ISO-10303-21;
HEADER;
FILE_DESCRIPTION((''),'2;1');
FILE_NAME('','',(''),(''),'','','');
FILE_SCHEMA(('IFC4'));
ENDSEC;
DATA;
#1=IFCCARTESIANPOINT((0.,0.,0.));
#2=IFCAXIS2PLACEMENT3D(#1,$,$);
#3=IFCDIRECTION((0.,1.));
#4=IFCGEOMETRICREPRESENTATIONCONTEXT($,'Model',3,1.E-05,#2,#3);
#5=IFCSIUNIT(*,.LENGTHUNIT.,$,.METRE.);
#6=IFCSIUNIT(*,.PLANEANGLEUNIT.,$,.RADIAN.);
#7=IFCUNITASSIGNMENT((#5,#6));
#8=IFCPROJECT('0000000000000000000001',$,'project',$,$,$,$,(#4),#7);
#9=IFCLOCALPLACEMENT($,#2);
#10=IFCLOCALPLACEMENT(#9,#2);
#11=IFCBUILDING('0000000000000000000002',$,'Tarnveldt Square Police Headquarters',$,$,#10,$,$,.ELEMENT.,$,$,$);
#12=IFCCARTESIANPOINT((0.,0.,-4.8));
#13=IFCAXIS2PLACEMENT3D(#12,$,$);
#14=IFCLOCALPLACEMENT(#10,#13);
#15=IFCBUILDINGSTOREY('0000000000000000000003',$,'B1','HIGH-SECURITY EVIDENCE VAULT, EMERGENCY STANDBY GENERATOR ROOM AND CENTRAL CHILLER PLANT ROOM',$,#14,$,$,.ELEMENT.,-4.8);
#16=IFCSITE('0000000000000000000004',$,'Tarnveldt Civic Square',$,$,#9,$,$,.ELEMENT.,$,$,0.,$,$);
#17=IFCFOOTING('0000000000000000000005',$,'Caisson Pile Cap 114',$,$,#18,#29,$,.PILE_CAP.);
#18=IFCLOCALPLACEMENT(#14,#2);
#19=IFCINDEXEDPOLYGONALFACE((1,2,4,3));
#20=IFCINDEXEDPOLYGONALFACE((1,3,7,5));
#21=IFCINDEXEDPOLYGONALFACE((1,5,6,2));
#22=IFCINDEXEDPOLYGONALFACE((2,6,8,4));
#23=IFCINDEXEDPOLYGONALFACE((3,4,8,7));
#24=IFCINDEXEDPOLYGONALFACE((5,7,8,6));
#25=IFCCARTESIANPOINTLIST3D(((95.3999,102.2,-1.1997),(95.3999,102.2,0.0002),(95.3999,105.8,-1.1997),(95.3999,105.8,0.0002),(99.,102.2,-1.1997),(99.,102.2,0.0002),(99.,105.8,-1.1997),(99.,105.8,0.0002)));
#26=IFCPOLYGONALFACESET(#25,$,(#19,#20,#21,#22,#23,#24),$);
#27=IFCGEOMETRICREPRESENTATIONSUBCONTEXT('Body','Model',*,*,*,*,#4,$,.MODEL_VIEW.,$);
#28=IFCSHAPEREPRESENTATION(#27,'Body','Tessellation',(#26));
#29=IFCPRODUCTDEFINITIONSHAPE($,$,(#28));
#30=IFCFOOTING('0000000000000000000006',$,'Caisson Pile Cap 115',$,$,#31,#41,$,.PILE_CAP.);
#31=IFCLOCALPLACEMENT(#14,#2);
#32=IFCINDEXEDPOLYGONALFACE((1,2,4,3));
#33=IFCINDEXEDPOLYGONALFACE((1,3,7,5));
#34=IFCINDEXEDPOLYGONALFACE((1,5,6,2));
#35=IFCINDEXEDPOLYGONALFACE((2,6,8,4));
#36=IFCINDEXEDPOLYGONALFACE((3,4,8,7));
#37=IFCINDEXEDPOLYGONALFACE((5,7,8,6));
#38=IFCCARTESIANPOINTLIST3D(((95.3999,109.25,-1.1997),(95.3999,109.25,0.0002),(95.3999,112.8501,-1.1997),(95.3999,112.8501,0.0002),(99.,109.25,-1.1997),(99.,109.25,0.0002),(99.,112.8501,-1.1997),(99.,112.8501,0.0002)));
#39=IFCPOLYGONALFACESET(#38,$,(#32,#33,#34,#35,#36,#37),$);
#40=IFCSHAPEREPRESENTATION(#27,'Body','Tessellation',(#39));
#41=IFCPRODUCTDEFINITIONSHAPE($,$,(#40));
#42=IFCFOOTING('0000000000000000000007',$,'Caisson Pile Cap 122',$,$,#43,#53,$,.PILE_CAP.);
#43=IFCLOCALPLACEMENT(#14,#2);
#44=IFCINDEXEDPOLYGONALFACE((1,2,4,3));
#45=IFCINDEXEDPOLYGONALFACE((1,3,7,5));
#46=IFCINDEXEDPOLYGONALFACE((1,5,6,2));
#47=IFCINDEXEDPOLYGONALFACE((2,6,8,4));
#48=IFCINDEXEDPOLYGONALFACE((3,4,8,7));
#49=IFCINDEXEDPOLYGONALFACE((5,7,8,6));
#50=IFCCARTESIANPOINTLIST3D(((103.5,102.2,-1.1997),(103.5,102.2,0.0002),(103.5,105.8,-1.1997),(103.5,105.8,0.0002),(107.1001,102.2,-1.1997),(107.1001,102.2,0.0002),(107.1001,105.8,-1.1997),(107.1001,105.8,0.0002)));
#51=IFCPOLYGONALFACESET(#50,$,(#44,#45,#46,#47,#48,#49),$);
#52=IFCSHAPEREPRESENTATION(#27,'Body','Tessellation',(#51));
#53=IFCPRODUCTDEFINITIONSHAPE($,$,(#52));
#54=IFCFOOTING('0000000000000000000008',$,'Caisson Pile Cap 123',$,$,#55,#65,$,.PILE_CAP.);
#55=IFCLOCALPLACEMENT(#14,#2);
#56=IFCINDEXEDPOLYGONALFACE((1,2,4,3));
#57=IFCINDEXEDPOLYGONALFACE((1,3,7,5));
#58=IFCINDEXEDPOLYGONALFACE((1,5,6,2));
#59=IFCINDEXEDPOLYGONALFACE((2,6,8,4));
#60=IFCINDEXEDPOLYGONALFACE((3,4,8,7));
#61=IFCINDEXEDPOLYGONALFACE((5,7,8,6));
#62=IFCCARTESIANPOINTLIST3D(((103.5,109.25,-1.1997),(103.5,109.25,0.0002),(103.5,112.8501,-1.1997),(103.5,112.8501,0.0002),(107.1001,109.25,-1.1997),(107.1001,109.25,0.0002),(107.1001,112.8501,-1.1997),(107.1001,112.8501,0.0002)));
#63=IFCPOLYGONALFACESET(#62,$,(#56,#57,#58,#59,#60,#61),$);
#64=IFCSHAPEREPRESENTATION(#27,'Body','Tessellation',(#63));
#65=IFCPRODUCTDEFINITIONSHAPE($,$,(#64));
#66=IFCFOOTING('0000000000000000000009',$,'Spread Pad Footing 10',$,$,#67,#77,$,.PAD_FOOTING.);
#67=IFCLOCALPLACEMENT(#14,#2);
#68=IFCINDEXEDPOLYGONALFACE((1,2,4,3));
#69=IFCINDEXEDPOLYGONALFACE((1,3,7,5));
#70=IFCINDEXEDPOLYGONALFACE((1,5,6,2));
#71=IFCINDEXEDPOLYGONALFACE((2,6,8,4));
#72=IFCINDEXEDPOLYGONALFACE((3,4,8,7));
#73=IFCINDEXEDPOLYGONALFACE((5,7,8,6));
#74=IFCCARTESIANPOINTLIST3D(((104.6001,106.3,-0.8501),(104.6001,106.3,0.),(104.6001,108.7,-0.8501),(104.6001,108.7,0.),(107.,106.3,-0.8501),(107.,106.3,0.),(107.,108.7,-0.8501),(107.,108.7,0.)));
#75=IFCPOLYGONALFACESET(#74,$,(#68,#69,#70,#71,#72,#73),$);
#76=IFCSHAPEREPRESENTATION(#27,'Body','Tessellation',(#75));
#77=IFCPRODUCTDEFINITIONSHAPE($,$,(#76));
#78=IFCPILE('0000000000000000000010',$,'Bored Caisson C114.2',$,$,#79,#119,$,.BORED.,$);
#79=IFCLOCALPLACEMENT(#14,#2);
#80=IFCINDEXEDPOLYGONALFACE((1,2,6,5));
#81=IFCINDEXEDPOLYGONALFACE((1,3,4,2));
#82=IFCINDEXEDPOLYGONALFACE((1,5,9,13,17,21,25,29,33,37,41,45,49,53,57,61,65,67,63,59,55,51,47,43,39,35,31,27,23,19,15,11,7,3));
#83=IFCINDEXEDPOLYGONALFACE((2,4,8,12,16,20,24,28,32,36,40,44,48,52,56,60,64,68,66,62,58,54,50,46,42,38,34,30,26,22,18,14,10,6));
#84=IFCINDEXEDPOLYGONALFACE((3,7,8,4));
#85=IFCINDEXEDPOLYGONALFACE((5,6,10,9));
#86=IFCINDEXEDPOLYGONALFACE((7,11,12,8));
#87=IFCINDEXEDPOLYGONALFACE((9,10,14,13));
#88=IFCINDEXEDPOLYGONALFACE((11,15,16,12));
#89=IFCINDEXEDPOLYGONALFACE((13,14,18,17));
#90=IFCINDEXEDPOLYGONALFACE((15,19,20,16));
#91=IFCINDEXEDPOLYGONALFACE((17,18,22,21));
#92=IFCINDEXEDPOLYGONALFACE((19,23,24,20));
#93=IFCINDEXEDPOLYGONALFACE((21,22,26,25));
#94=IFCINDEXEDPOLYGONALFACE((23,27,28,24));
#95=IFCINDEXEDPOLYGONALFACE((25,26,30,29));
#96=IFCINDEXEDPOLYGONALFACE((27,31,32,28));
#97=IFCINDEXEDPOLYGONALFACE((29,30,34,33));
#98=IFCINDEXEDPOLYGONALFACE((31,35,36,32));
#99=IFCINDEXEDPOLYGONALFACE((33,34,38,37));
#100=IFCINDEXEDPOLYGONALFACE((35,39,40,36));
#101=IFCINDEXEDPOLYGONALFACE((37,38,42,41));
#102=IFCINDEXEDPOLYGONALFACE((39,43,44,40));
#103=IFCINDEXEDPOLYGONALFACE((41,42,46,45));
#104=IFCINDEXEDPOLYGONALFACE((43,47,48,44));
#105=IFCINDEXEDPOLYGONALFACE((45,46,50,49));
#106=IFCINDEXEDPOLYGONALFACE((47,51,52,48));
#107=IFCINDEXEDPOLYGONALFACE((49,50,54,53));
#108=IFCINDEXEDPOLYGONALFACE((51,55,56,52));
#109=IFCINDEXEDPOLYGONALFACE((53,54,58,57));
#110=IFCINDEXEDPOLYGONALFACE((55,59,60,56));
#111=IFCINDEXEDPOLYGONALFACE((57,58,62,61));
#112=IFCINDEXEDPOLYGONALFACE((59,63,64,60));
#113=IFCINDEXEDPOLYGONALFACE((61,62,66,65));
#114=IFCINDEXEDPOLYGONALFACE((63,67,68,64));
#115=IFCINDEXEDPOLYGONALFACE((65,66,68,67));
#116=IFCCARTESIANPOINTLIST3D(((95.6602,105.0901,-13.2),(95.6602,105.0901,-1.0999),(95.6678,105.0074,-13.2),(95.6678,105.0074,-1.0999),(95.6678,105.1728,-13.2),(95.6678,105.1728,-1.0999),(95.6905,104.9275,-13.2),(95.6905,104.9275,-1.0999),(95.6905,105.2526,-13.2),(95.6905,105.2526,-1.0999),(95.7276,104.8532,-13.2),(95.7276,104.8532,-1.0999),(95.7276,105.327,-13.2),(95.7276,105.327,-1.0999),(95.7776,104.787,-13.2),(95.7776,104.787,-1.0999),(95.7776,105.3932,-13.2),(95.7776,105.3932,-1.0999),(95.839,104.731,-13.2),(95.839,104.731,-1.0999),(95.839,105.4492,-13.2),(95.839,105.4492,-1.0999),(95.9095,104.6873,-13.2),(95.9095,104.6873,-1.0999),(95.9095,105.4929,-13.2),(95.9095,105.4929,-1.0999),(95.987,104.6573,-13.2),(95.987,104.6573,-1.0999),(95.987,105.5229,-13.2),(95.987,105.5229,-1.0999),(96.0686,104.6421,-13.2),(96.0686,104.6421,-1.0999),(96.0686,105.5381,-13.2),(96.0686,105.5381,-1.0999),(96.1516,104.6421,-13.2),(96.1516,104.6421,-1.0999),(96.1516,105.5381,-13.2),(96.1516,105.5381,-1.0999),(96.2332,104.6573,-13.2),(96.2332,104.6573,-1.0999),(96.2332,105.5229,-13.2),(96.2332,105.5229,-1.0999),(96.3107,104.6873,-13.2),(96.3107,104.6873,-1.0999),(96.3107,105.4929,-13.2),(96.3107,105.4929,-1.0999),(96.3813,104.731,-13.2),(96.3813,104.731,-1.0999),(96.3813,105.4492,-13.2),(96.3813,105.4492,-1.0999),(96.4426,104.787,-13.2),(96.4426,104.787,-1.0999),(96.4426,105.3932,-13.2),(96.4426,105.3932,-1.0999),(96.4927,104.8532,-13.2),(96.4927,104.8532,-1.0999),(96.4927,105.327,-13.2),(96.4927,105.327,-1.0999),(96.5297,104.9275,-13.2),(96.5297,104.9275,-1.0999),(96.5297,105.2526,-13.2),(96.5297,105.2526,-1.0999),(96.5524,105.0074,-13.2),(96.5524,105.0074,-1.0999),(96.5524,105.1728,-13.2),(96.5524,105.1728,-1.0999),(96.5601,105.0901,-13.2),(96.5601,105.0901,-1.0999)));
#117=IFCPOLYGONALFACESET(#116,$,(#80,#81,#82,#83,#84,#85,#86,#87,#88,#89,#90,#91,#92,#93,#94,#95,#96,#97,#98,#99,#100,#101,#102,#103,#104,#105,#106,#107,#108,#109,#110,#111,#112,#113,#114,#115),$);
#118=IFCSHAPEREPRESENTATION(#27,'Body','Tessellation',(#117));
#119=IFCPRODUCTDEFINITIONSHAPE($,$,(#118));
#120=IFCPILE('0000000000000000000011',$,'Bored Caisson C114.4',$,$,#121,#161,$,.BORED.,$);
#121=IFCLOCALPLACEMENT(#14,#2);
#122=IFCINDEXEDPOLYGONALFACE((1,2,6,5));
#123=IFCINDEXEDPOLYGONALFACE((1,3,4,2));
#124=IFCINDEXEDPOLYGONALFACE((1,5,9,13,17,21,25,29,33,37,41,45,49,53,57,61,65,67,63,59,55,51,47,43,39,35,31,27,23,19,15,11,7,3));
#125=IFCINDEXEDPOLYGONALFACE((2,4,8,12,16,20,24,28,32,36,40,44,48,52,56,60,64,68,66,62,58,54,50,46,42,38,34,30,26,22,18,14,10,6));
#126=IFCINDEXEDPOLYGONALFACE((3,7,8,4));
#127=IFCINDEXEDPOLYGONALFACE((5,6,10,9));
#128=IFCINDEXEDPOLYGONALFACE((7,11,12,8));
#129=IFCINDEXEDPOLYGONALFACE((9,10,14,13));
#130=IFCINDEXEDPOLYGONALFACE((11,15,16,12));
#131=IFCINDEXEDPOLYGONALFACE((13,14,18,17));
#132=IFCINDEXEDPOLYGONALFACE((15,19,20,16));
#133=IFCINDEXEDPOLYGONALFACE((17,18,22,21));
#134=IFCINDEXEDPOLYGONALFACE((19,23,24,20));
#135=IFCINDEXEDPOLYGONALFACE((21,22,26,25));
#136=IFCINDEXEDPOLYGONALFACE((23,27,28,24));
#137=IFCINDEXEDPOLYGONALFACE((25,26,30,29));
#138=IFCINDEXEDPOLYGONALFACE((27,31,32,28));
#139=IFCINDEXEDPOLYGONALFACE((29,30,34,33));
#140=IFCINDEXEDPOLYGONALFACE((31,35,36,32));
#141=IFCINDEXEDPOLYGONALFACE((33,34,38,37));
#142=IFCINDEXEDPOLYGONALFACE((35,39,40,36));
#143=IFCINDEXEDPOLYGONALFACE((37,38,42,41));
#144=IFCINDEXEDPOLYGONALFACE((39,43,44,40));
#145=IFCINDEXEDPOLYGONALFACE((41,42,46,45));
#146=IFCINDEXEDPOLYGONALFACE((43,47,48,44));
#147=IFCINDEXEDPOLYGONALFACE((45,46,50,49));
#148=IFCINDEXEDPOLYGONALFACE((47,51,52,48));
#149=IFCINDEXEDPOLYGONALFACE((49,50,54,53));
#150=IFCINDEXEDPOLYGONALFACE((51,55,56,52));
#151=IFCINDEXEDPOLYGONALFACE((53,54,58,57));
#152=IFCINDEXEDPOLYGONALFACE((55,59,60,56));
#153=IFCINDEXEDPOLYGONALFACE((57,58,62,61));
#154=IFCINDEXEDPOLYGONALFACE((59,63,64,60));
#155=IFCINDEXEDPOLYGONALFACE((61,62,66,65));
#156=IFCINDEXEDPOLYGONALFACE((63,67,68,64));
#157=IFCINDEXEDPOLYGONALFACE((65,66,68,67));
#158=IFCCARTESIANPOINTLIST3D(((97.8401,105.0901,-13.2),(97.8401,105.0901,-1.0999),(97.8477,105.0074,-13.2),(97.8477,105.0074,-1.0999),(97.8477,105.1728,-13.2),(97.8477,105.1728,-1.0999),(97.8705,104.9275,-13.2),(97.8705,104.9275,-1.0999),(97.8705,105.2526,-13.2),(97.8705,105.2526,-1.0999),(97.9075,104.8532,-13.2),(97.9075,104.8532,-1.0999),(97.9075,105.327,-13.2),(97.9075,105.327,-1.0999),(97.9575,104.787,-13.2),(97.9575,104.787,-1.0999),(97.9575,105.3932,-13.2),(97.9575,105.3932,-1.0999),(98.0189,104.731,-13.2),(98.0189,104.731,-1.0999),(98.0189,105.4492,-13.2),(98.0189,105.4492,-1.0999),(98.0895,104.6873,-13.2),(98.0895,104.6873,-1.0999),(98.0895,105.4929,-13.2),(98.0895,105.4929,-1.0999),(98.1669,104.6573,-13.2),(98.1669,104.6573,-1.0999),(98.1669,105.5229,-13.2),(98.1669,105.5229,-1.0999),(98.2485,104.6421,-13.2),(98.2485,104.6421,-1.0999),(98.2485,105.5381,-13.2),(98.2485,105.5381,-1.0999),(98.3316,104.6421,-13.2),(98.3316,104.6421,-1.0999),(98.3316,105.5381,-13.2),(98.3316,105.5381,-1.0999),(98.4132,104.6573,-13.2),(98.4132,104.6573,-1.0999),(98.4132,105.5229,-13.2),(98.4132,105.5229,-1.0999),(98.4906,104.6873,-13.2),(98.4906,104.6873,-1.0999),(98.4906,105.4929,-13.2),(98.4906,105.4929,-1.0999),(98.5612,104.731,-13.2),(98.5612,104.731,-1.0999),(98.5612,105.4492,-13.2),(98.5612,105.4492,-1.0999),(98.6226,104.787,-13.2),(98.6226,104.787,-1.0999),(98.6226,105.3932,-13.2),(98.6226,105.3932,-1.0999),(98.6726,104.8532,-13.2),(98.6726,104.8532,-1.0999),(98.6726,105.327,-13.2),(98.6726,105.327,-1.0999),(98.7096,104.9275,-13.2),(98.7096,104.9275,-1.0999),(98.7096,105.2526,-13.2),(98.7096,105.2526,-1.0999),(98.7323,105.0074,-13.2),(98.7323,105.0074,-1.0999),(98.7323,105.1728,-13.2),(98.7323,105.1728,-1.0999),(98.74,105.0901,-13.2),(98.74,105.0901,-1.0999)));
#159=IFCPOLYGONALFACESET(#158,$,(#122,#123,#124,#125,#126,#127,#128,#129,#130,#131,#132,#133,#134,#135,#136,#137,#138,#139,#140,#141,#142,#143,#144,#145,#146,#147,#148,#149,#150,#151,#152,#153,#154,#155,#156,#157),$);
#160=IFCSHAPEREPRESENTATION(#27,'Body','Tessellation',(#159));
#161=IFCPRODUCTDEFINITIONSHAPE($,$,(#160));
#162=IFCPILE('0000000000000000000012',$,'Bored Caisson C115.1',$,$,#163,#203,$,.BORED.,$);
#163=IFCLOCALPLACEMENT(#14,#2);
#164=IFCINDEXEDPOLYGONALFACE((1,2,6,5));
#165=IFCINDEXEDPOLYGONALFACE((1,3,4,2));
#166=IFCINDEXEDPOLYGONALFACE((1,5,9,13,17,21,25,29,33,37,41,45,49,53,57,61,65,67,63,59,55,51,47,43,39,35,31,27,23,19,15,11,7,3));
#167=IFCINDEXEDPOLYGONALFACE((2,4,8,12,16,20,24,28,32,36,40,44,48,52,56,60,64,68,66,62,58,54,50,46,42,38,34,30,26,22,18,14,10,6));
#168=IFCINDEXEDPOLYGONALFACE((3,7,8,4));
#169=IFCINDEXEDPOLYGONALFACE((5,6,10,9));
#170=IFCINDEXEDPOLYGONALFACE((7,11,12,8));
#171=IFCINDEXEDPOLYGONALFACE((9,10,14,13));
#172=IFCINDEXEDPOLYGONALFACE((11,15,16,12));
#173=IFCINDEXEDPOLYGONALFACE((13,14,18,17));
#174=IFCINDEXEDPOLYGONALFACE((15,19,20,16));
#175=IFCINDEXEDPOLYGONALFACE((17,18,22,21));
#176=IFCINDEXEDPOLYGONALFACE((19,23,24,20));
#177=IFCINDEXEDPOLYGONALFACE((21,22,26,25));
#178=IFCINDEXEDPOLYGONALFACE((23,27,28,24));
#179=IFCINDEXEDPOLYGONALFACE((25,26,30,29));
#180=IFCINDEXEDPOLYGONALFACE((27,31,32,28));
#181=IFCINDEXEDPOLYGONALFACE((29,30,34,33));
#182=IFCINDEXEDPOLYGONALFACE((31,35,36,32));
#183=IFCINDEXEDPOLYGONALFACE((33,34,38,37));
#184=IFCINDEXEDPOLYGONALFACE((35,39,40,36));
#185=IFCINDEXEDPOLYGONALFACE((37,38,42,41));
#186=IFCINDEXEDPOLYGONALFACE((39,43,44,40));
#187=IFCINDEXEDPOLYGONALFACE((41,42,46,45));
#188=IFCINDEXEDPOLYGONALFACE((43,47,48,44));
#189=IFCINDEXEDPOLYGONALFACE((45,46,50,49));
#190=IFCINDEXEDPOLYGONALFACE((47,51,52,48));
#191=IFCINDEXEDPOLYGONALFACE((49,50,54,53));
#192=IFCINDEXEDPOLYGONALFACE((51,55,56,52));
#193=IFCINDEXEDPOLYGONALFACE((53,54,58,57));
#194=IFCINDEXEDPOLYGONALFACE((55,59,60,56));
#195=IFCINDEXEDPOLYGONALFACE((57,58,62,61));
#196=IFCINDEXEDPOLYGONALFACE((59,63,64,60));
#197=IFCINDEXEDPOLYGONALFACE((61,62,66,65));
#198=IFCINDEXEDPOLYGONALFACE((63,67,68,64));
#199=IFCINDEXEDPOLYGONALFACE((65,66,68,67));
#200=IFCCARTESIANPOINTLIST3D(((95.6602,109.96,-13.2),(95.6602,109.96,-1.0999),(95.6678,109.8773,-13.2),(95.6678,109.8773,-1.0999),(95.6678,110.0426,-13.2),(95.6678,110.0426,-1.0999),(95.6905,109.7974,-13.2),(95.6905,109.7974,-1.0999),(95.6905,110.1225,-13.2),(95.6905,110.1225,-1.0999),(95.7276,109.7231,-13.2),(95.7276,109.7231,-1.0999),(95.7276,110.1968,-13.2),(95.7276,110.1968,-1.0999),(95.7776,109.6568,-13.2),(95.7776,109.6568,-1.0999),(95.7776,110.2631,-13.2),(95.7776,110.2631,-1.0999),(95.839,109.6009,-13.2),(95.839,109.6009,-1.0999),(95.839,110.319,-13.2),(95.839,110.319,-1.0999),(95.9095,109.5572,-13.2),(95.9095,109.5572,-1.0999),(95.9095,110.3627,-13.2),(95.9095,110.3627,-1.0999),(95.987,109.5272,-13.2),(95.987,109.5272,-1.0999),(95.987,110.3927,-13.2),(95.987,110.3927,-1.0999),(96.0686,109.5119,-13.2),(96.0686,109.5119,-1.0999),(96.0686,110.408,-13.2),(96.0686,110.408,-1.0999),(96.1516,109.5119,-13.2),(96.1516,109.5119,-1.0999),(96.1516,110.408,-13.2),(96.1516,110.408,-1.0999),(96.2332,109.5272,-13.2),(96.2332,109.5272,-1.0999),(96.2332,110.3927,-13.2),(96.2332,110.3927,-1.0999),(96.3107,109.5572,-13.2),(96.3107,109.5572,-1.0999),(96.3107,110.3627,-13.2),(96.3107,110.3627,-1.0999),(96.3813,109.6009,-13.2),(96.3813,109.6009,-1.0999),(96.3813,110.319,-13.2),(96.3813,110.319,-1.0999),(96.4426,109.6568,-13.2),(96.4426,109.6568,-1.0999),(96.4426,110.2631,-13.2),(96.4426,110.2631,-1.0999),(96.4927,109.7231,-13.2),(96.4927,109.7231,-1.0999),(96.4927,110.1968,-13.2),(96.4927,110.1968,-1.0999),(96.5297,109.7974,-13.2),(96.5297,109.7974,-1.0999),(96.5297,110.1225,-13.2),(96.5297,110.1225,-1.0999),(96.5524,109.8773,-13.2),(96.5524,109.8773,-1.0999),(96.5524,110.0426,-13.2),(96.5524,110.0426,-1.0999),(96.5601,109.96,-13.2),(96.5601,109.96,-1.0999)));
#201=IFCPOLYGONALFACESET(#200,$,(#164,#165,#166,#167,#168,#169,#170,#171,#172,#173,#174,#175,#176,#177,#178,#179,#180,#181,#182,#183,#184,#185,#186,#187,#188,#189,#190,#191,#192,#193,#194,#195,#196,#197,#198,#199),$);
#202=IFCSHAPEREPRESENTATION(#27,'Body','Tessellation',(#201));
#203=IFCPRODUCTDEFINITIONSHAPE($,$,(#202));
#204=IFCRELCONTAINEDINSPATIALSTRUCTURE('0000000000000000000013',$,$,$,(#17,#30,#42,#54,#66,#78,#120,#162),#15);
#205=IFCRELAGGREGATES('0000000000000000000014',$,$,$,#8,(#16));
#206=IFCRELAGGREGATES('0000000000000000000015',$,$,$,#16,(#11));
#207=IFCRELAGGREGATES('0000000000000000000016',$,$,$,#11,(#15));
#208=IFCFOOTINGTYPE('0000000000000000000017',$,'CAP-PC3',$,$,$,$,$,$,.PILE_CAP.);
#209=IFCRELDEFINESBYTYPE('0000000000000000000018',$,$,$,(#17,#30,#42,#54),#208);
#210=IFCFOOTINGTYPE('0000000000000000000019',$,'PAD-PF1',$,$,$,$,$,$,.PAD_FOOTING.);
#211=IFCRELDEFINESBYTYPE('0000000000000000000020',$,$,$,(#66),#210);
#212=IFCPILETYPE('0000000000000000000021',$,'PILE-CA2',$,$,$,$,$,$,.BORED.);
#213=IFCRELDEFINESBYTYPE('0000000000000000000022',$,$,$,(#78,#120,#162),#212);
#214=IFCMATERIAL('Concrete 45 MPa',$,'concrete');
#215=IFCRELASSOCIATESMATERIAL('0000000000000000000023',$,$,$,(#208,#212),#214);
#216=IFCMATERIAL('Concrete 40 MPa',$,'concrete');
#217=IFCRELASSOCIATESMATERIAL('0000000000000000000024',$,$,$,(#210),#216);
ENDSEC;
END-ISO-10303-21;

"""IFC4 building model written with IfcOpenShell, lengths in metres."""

from ifc_helpers import new_model, si_unit, direction, frame, origin, origin_2d, place, context, subcontext, project, spatial, rectangle, circle, extrude, material, material_profile, profile_set, type_object, element, save


model = new_model("IFC4")

# Units and contexts
model_context = context("Model", 3, precision=1e-05, world=origin(), true_north=direction((0.0, 1.0)))
body_context = subcontext(model_context, "Body", "Model", "MODEL_VIEW")
ifc_project = project(units=[si_unit("LENGTHUNIT", "METRE"), si_unit("PLANEANGLEUNIT", "RADIAN")], contexts=[model_context])

# Site, building, storey
site_placement = place(None, origin())
site = spatial("IfcSite", under=ifc_project, at=site_placement, Name="Tarnveldt Civic Square", CompositionType="ELEMENT", RefElevation=0.0)
building_placement = place(site_placement, origin())
building = spatial("IfcBuilding", under=site, at=building_placement, Name="Tarnveldt Square Police Headquarters", CompositionType="ELEMENT")
storey_placement = place(building_placement, frame((0.0, 0.0, -4.8)))
storey = spatial("IfcBuildingStorey", under=building, at=storey_placement, Name="B1", Description="HIGH-SECURITY EVIDENCE VAULT, EMERGENCY STANDBY GENERATOR ROOM AND CENTRAL CHILLER PLANT ROOM", CompositionType="ELEMENT", Elevation=-4.8)

# Footings
ifc_material_1 = material(Name="Concrete 45 MPa", Category="concrete")
footing_type_1 = type_object("IfcFootingType", Name="CAP-PC3", PredefinedType="PILE_CAP", material=ifc_material_1)
for number, where, z_axis, x_axis, name in (
    (1, (97.2, 104.0, -1.1997), (0.0, 0.0, 1.0), (1.0, 0.0, 0.0), "Caisson Pile Cap 114"),
    (2, (97.2, 111.05, -1.1997), (0.0, 0.0, 1.0), (1.0, 0.0, 0.0), "Caisson Pile Cap 115"),
    (3, (105.3, 104.0, -1.1997), (0.0, 0.0, 1.0), (1.0, 0.0, 0.0), "Caisson Pile Cap 122"),
    (4, (105.3, 111.05, -1.1997), (0.0, 0.0, 1.0), (1.0, 0.0, 0.0), "Caisson Pile Cap 123"),
):
    element("IfcFooting", number, at=place(storey_placement, frame(where, z_axis=z_axis, x_axis=x_axis)), inside=storey, type_object=footing_type_1, Name=name, PredefinedType="PILE_CAP", context=body_context, shape_type="SweptSolid", body=[
        extrude(rectangle(XDim=3.6001, YDim=3.6001, at=origin_2d()), origin(), (0.0, 0.0, 1.0), 1.2),
    ])
ifc_material_2 = material(Name="Concrete 40 MPa", Category="concrete")
footing_type_2 = type_object("IfcFootingType", Name="PAD-PF1", PredefinedType="PAD_FOOTING", material=ifc_material_2)
footing_placement = place(storey_placement, frame((105.8, 107.5, -0.8501), z_axis=(0.0, 0.0, 1.0), x_axis=(1.0, 0.0, 0.0)))
element("IfcFooting", 5, at=footing_placement, inside=storey, type_object=footing_type_2, Name="Spread Pad Footing 10", PredefinedType="PAD_FOOTING", context=body_context, shape_type="SweptSolid", body=[
    extrude(rectangle(XDim=2.3999, YDim=2.3999, at=origin_2d()), origin(), (0.0, 0.0, 1.0), 0.8501),
])

# Piles
ifc_material_profile_1 = material_profile(ifc_material_1, circle(Radius=0.45, at=origin_2d()), Name="CAISSON-D900")
ifc_profile_set_1 = profile_set([ifc_material_profile_1], Name="Concrete 45 MPa")
pile_type = type_object("IfcPileType", Name="PILE-CA2", PredefinedType="BORED", material=ifc_profile_set_1)
for number, where, z_axis, x_axis, name in (
    (6, (96.1101, 105.0901, -1.0999), (0.0, 0.0, -1.0), (1.0, 0.0, 0.0), "Bored Caisson C114.2"),
    (7, (98.29, 105.0901, -1.0999), (0.0, 0.0, -1.0), (1.0, 0.0, 0.0), "Bored Caisson C114.4"),
    (8, (96.1101, 109.96, -1.0999), (0.0, 0.0, -1.0), (1.0, 0.0, 0.0), "Bored Caisson C115.1"),
):
    element("IfcPile", number, at=place(storey_placement, frame(where, z_axis=z_axis, x_axis=x_axis)), inside=storey, type_object=pile_type, Name=name, PredefinedType="BORED", context=body_context, shape_type="SweptSolid", body=[
        extrude(circle(Radius=0.45, at=origin_2d()), origin(), (0.0, 0.0, 1.0), 12.1001),
    ])

save(model, "model.ifc")
